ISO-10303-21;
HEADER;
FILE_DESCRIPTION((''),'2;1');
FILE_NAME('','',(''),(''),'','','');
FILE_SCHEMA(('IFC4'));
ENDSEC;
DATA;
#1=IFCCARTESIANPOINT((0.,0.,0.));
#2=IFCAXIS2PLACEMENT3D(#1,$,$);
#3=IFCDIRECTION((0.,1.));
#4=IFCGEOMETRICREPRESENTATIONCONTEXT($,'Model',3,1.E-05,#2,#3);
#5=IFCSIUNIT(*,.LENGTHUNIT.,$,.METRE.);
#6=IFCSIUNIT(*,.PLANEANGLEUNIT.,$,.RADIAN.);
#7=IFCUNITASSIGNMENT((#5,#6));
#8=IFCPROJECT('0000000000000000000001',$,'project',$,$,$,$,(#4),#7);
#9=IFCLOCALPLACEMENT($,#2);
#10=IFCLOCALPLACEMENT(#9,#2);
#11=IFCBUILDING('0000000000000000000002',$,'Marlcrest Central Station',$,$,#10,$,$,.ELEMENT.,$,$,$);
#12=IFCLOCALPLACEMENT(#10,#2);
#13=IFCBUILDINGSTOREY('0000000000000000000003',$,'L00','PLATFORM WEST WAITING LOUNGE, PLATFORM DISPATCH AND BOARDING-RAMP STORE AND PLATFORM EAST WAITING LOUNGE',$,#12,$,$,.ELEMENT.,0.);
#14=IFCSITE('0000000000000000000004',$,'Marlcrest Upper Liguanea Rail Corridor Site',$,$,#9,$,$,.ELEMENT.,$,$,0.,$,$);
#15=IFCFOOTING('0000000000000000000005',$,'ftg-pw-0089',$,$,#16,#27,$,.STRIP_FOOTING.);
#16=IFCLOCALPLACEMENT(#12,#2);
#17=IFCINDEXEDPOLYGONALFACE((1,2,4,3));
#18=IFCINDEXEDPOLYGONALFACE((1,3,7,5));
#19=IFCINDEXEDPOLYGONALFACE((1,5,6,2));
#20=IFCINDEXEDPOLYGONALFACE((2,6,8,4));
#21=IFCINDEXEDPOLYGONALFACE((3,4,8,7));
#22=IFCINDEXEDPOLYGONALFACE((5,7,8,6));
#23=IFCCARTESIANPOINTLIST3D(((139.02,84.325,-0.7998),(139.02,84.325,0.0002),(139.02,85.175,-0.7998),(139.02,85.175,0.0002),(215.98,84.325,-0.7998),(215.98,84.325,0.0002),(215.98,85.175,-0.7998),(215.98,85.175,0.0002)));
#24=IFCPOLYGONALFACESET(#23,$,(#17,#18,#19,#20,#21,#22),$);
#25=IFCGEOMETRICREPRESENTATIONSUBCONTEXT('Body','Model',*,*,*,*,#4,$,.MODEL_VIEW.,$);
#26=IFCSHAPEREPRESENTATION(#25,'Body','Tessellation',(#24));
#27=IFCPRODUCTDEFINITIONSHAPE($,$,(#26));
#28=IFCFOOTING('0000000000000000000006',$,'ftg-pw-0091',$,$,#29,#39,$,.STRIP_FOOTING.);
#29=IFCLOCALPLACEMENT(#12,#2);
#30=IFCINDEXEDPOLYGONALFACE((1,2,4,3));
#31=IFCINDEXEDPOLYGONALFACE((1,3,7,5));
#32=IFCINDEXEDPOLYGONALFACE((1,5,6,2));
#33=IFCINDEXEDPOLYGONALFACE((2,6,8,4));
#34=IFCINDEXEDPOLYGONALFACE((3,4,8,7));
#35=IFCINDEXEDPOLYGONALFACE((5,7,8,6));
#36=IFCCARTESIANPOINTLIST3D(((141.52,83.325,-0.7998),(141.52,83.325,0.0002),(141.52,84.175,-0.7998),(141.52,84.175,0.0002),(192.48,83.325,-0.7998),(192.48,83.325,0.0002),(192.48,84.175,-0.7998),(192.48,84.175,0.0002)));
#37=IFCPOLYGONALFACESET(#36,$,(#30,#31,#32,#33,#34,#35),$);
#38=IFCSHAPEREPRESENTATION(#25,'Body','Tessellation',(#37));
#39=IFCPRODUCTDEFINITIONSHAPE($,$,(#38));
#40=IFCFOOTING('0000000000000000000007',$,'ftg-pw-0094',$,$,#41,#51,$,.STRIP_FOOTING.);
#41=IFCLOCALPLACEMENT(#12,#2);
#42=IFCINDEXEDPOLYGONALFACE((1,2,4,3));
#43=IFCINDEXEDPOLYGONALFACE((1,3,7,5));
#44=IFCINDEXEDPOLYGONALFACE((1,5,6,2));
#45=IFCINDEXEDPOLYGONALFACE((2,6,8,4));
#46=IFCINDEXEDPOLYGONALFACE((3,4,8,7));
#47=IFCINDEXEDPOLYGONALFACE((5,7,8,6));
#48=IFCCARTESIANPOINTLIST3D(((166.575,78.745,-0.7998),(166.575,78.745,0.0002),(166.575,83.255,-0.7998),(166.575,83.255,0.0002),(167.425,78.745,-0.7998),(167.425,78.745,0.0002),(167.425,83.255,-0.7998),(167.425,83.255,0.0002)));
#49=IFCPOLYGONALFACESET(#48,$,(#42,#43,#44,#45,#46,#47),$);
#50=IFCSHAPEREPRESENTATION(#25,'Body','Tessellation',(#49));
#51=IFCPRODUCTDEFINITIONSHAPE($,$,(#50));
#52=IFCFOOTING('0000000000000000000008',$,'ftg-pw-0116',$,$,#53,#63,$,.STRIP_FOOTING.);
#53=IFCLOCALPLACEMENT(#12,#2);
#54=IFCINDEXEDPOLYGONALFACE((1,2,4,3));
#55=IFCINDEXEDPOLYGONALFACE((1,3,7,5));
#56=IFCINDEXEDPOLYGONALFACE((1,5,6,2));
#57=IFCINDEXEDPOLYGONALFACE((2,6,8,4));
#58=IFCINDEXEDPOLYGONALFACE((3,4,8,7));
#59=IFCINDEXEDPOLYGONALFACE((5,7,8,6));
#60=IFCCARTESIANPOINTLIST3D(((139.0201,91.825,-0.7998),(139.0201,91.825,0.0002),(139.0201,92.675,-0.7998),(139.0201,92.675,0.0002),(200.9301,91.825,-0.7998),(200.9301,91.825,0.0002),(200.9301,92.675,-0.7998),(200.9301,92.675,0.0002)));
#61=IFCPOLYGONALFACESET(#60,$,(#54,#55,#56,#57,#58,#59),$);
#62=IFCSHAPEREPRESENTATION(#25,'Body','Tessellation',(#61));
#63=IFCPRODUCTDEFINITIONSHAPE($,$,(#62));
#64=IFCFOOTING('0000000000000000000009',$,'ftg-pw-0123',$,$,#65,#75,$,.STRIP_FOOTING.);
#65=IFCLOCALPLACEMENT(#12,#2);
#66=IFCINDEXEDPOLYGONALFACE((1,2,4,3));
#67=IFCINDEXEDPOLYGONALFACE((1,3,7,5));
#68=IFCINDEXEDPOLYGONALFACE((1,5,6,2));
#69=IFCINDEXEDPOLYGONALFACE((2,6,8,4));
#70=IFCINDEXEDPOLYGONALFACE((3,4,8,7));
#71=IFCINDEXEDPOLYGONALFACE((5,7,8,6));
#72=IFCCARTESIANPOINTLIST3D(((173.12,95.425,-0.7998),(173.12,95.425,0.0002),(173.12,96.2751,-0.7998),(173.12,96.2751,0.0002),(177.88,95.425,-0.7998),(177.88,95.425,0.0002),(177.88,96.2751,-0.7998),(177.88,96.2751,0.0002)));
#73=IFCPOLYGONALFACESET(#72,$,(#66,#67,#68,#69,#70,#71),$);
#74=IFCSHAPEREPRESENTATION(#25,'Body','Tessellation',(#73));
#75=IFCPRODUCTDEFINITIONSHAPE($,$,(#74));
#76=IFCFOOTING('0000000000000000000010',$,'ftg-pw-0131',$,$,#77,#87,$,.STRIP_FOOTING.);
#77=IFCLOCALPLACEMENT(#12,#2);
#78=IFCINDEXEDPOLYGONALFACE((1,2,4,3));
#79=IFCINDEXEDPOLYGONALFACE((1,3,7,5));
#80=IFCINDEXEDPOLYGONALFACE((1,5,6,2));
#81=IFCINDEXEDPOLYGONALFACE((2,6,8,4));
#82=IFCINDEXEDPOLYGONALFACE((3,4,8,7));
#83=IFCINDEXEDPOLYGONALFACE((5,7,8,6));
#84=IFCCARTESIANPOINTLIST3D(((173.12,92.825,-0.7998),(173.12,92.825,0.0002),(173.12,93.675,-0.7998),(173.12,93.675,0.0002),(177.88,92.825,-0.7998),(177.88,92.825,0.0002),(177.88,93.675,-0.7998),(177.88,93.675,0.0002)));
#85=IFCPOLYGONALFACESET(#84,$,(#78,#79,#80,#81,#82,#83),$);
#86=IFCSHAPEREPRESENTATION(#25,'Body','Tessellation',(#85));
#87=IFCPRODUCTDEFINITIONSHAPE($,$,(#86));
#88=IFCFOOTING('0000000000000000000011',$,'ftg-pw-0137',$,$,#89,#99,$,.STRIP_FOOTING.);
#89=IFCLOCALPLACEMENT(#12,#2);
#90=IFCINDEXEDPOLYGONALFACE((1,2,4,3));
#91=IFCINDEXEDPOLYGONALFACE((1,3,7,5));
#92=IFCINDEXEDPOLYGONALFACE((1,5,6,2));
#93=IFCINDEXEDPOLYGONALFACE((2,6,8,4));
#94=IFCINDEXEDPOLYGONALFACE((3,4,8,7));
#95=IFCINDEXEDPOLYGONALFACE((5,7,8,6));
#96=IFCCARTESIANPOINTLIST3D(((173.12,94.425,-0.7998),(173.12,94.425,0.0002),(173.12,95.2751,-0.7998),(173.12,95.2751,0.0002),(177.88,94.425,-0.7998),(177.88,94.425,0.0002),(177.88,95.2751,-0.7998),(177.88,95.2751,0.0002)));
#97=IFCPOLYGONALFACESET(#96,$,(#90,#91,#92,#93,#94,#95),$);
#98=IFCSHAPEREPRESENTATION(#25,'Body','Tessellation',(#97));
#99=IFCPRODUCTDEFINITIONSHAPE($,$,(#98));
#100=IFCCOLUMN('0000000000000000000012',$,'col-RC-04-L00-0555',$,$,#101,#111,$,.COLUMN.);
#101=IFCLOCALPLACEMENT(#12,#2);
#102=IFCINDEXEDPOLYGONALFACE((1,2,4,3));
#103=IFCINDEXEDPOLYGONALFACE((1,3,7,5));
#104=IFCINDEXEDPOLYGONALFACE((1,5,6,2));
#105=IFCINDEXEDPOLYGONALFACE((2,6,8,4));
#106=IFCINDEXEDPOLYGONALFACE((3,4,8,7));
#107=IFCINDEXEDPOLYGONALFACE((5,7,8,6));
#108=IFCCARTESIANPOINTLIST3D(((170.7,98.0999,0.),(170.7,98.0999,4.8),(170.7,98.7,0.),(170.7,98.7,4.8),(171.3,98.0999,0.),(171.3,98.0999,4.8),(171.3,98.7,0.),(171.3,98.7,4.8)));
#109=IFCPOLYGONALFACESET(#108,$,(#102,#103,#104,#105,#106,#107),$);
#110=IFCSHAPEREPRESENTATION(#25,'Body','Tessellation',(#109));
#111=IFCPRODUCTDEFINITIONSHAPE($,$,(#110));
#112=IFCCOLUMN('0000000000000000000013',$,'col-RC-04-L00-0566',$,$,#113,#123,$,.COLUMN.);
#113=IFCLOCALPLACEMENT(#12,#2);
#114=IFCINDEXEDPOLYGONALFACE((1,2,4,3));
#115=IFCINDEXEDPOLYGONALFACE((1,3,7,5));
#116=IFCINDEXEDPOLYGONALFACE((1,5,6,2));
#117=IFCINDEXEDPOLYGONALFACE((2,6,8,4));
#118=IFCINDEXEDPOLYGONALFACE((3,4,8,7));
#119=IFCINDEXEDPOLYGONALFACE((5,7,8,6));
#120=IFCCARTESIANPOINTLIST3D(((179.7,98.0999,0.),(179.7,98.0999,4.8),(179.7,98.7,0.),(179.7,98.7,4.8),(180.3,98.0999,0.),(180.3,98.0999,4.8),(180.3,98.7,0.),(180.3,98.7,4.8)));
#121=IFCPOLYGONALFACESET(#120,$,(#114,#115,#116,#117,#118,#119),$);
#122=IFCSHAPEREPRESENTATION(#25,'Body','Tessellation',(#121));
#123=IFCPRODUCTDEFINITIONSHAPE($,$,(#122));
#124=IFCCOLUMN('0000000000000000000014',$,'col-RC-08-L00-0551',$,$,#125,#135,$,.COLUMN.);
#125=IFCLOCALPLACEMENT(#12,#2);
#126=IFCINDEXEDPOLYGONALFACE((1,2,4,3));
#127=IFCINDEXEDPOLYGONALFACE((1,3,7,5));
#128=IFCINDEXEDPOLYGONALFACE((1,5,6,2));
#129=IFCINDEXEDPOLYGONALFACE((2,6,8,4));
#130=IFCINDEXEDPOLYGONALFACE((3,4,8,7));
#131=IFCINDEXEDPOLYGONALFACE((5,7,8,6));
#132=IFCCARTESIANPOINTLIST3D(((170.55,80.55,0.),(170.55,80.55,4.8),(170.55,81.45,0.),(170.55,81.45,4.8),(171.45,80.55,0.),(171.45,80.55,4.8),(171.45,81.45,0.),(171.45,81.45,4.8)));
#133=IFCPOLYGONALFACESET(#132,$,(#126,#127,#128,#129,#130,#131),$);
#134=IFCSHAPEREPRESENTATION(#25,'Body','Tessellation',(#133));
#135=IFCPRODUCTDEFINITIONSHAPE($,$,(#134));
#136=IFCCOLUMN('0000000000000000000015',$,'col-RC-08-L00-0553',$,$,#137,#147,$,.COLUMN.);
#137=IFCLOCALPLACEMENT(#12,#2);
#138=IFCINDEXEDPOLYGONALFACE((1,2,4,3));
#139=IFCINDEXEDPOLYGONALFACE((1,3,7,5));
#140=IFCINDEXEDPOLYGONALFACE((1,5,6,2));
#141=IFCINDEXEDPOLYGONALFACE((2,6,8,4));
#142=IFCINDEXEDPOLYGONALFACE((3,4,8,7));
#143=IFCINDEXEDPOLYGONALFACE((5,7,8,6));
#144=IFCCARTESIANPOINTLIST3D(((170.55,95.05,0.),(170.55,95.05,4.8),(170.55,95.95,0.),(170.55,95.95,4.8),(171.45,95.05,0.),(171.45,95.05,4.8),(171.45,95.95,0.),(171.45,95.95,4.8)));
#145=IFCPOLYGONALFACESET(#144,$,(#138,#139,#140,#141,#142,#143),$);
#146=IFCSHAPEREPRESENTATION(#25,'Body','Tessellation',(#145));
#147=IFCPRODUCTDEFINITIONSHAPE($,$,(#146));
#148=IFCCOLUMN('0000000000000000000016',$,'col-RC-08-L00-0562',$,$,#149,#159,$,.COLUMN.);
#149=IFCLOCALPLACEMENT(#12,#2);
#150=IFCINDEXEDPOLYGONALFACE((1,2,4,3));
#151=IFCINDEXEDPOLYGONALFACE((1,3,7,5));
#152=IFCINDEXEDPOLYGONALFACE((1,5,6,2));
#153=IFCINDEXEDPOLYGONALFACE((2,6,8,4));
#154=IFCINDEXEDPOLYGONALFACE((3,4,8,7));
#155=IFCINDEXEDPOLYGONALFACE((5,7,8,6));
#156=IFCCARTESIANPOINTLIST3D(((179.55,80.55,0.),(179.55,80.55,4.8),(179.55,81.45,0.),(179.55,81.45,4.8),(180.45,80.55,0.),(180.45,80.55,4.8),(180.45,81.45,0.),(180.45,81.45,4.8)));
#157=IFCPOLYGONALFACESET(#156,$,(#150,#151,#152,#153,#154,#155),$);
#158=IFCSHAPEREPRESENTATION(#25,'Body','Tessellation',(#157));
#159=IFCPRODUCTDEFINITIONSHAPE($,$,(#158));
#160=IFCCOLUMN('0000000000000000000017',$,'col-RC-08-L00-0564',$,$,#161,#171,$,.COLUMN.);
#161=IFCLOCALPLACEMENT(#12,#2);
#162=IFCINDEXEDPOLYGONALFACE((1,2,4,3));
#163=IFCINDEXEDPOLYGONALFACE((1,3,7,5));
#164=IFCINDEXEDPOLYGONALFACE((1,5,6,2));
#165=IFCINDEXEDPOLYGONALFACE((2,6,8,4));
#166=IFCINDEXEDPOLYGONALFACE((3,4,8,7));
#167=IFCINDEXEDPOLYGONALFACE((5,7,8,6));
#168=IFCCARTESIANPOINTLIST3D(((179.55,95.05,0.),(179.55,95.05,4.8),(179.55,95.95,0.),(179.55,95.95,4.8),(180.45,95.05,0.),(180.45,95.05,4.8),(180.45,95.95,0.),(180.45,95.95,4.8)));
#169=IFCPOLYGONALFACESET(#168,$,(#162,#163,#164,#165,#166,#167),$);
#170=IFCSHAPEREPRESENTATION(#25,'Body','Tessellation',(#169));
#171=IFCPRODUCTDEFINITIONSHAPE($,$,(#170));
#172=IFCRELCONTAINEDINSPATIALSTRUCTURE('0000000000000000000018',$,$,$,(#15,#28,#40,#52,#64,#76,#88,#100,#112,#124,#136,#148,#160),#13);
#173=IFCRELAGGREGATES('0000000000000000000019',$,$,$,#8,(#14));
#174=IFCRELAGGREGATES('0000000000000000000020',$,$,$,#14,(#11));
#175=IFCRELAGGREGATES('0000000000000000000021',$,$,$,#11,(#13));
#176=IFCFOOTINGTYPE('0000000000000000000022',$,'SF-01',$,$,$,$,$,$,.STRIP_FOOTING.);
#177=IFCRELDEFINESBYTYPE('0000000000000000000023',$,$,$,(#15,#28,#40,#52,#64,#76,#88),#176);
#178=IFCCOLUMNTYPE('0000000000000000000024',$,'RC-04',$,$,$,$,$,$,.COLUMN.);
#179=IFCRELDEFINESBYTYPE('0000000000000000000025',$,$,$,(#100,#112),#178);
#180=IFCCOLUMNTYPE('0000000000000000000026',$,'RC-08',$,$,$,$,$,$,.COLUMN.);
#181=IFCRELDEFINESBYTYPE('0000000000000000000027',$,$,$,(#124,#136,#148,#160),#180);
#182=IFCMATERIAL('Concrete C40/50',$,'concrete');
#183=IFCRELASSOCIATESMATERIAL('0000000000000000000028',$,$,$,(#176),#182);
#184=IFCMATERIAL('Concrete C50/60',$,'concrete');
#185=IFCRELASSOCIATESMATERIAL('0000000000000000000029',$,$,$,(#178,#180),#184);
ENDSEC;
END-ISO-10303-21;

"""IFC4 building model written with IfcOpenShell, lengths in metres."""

from ifc_helpers import new_model, si_unit, direction, frame, origin, origin_2d, place, context, subcontext, project, spatial, rectangle, extrude, material, material_profile, profile_set, type_object, element, save


model = new_model("IFC4")

# Units and contexts
model_context = context("Model", 3, precision=1e-05, world=origin(), true_north=direction((0.0, 1.0)))
body_context = subcontext(model_context, "Body", "Model", "MODEL_VIEW")
ifc_project = project(units=[si_unit("LENGTHUNIT", "METRE"), si_unit("PLANEANGLEUNIT", "RADIAN")], contexts=[model_context])

# Site, building, storey
site_placement = place(None, origin())
site = spatial("IfcSite", under=ifc_project, at=site_placement, Name="Marlcrest Upper Liguanea Rail Corridor Site", CompositionType="ELEMENT", RefElevation=0.0)
building_placement = place(site_placement, origin())
building = spatial("IfcBuilding", under=site, at=building_placement, Name="Marlcrest Central Station", CompositionType="ELEMENT")
storey_placement = place(building_placement, origin())
storey = spatial("IfcBuildingStorey", under=building, at=storey_placement, Name="L00", Description="PLATFORM WEST WAITING LOUNGE, PLATFORM DISPATCH AND BOARDING-RAMP STORE AND PLATFORM EAST WAITING LOUNGE", CompositionType="ELEMENT", Elevation=0.0)

# Footings
ifc_material_1 = material(Name="Concrete C40/50", Category="concrete")
footing_type_1 = type_object("IfcFootingType", Name="SF-01", PredefinedType="STRIP_FOOTING", material=ifc_material_1)
footing_1_placement = place(storey_placement, frame((177.5, 84.75, -0.7998), z_axis=(0.0, 0.0, 1.0), x_axis=(1.0, 0.0, 0.0)))
element("IfcFooting", 1, at=footing_1_placement, inside=storey, type_object=footing_type_1, Name="ftg-pw-0089", PredefinedType="STRIP_FOOTING", context=body_context, shape_type="SweptSolid", body=[
    extrude(rectangle(XDim=76.96, YDim=0.8501, at=origin_2d()), origin(), (0.0, 0.0, 1.0), 0.8),
])
footing_2_placement = place(storey_placement, frame((167.0, 83.75, -0.7998), z_axis=(0.0, 0.0, 1.0), x_axis=(1.0, 0.0, 0.0)))
element("IfcFooting", 2, at=footing_2_placement, inside=storey, type_object=footing_type_1, Name="ftg-pw-0091", PredefinedType="STRIP_FOOTING", context=body_context, shape_type="SweptSolid", body=[
    extrude(rectangle(XDim=50.96, YDim=0.8501, at=origin_2d()), origin(), (0.0, 0.0, 1.0), 0.8),
])
footing_3_placement = place(storey_placement, frame((167.0, 81.0, -0.7998), z_axis=(0.0, 0.0, 1.0), x_axis=(1.0, 0.0, 0.0)))
element("IfcFooting", 3, at=footing_3_placement, inside=storey, type_object=footing_type_1, Name="ftg-pw-0094", PredefinedType="STRIP_FOOTING", context=body_context, shape_type="SweptSolid", body=[
    extrude(rectangle(XDim=0.8501, YDim=4.51, at=origin_2d()), origin(), (0.0, 0.0, 1.0), 0.8),
])
footing_4_placement = place(storey_placement, frame((169.9751, 92.25, -0.7998), z_axis=(0.0, 0.0, 1.0), x_axis=(1.0, 0.0, 0.0)))
element("IfcFooting", 4, at=footing_4_placement, inside=storey, type_object=footing_type_1, Name="ftg-pw-0116", PredefinedType="STRIP_FOOTING", context=body_context, shape_type="SweptSolid", body=[
    extrude(rectangle(XDim=61.9099, YDim=0.8501, at=origin_2d()), origin(), (0.0, 0.0, 1.0), 0.8),
])
for number, where, z_axis, x_axis, name in (
    (5, (175.5, 95.8501, -0.7998), (0.0, 0.0, 1.0), (1.0, 0.0, 0.0), "ftg-pw-0123"),
    (6, (175.5, 93.25, -0.7998), (0.0, 0.0, 1.0), (1.0, 0.0, 0.0), "ftg-pw-0131"),
    (7, (175.5, 94.8501, -0.7998), (0.0, 0.0, 1.0), (1.0, 0.0, 0.0), "ftg-pw-0137"),
):
    element("IfcFooting", number, at=place(storey_placement, frame(where, z_axis=z_axis, x_axis=x_axis)), inside=storey, type_object=footing_type_1, Name=name, PredefinedType="STRIP_FOOTING", context=body_context, shape_type="SweptSolid", body=[
        extrude(rectangle(XDim=4.76, YDim=0.8501, at=origin_2d()), origin(), (0.0, 0.0, 1.0), 0.8),
    ])

# Columns
ifc_material_2 = material(Name="Concrete C50/60", Category="concrete")
ifc_material_profile_1 = material_profile(ifc_material_2, rectangle(XDim=0.6001, YDim=0.6001, at=origin_2d()), Name="RC 600x600")
ifc_profile_set_1 = profile_set([ifc_material_profile_1], Name="Concrete C50/60")
column_type_1 = type_object("IfcColumnType", Name="RC-04", PredefinedType="COLUMN", material=ifc_profile_set_1)
for number, where, z_axis, x_axis, name in (
    (8, (171.0, 98.3999, 0.0), (0.0, 0.0, 1.0), (1.0, 0.0, 0.0), "col-RC-04-L00-0555"),
    (9, (180.0, 98.3999, 0.0), (0.0, 0.0, 1.0), (1.0, 0.0, 0.0), "col-RC-04-L00-0566"),
):
    element("IfcColumn", number, at=place(storey_placement, frame(where, z_axis=z_axis, x_axis=x_axis)), inside=storey, type_object=column_type_1, Name=name, PredefinedType="COLUMN", context=body_context, shape_type="SweptSolid", body=[
        extrude(rectangle(XDim=0.6001, YDim=0.6001, at=origin_2d()), origin(), (0.0, 0.0, 1.0), 4.8),
    ])
ifc_material_profile_2 = material_profile(ifc_material_2, rectangle(XDim=0.8999, YDim=0.8999, at=origin_2d()), Name="RC 900x900")
ifc_profile_set_2 = profile_set([ifc_material_profile_2], Name="Concrete C50/60")
column_type_2 = type_object("IfcColumnType", Name="RC-08", PredefinedType="COLUMN", material=ifc_profile_set_2)
for number, where, z_axis, x_axis, name in (
    (10, (171.0, 81.0, 0.0), (0.0, 0.0, 1.0), (1.0, 0.0, 0.0), "col-RC-08-L00-0551"),
    (11, (171.0, 95.5, 0.0), (0.0, 0.0, 1.0), (1.0, 0.0, 0.0), "col-RC-08-L00-0553"),
    (12, (180.0, 81.0, 0.0), (0.0, 0.0, 1.0), (1.0, 0.0, 0.0), "col-RC-08-L00-0562"),
    (13, (180.0, 95.5, 0.0), (0.0, 0.0, 1.0), (1.0, 0.0, 0.0), "col-RC-08-L00-0564"),
):
    element("IfcColumn", number, at=place(storey_placement, frame(where, z_axis=z_axis, x_axis=x_axis)), inside=storey, type_object=column_type_2, Name=name, PredefinedType="COLUMN", context=body_context, shape_type="SweptSolid", body=[
        extrude(rectangle(XDim=0.8999, YDim=0.8999, at=origin_2d()), origin(), (0.0, 0.0, 1.0), 4.8),
    ])

save(model, "model.ifc")
